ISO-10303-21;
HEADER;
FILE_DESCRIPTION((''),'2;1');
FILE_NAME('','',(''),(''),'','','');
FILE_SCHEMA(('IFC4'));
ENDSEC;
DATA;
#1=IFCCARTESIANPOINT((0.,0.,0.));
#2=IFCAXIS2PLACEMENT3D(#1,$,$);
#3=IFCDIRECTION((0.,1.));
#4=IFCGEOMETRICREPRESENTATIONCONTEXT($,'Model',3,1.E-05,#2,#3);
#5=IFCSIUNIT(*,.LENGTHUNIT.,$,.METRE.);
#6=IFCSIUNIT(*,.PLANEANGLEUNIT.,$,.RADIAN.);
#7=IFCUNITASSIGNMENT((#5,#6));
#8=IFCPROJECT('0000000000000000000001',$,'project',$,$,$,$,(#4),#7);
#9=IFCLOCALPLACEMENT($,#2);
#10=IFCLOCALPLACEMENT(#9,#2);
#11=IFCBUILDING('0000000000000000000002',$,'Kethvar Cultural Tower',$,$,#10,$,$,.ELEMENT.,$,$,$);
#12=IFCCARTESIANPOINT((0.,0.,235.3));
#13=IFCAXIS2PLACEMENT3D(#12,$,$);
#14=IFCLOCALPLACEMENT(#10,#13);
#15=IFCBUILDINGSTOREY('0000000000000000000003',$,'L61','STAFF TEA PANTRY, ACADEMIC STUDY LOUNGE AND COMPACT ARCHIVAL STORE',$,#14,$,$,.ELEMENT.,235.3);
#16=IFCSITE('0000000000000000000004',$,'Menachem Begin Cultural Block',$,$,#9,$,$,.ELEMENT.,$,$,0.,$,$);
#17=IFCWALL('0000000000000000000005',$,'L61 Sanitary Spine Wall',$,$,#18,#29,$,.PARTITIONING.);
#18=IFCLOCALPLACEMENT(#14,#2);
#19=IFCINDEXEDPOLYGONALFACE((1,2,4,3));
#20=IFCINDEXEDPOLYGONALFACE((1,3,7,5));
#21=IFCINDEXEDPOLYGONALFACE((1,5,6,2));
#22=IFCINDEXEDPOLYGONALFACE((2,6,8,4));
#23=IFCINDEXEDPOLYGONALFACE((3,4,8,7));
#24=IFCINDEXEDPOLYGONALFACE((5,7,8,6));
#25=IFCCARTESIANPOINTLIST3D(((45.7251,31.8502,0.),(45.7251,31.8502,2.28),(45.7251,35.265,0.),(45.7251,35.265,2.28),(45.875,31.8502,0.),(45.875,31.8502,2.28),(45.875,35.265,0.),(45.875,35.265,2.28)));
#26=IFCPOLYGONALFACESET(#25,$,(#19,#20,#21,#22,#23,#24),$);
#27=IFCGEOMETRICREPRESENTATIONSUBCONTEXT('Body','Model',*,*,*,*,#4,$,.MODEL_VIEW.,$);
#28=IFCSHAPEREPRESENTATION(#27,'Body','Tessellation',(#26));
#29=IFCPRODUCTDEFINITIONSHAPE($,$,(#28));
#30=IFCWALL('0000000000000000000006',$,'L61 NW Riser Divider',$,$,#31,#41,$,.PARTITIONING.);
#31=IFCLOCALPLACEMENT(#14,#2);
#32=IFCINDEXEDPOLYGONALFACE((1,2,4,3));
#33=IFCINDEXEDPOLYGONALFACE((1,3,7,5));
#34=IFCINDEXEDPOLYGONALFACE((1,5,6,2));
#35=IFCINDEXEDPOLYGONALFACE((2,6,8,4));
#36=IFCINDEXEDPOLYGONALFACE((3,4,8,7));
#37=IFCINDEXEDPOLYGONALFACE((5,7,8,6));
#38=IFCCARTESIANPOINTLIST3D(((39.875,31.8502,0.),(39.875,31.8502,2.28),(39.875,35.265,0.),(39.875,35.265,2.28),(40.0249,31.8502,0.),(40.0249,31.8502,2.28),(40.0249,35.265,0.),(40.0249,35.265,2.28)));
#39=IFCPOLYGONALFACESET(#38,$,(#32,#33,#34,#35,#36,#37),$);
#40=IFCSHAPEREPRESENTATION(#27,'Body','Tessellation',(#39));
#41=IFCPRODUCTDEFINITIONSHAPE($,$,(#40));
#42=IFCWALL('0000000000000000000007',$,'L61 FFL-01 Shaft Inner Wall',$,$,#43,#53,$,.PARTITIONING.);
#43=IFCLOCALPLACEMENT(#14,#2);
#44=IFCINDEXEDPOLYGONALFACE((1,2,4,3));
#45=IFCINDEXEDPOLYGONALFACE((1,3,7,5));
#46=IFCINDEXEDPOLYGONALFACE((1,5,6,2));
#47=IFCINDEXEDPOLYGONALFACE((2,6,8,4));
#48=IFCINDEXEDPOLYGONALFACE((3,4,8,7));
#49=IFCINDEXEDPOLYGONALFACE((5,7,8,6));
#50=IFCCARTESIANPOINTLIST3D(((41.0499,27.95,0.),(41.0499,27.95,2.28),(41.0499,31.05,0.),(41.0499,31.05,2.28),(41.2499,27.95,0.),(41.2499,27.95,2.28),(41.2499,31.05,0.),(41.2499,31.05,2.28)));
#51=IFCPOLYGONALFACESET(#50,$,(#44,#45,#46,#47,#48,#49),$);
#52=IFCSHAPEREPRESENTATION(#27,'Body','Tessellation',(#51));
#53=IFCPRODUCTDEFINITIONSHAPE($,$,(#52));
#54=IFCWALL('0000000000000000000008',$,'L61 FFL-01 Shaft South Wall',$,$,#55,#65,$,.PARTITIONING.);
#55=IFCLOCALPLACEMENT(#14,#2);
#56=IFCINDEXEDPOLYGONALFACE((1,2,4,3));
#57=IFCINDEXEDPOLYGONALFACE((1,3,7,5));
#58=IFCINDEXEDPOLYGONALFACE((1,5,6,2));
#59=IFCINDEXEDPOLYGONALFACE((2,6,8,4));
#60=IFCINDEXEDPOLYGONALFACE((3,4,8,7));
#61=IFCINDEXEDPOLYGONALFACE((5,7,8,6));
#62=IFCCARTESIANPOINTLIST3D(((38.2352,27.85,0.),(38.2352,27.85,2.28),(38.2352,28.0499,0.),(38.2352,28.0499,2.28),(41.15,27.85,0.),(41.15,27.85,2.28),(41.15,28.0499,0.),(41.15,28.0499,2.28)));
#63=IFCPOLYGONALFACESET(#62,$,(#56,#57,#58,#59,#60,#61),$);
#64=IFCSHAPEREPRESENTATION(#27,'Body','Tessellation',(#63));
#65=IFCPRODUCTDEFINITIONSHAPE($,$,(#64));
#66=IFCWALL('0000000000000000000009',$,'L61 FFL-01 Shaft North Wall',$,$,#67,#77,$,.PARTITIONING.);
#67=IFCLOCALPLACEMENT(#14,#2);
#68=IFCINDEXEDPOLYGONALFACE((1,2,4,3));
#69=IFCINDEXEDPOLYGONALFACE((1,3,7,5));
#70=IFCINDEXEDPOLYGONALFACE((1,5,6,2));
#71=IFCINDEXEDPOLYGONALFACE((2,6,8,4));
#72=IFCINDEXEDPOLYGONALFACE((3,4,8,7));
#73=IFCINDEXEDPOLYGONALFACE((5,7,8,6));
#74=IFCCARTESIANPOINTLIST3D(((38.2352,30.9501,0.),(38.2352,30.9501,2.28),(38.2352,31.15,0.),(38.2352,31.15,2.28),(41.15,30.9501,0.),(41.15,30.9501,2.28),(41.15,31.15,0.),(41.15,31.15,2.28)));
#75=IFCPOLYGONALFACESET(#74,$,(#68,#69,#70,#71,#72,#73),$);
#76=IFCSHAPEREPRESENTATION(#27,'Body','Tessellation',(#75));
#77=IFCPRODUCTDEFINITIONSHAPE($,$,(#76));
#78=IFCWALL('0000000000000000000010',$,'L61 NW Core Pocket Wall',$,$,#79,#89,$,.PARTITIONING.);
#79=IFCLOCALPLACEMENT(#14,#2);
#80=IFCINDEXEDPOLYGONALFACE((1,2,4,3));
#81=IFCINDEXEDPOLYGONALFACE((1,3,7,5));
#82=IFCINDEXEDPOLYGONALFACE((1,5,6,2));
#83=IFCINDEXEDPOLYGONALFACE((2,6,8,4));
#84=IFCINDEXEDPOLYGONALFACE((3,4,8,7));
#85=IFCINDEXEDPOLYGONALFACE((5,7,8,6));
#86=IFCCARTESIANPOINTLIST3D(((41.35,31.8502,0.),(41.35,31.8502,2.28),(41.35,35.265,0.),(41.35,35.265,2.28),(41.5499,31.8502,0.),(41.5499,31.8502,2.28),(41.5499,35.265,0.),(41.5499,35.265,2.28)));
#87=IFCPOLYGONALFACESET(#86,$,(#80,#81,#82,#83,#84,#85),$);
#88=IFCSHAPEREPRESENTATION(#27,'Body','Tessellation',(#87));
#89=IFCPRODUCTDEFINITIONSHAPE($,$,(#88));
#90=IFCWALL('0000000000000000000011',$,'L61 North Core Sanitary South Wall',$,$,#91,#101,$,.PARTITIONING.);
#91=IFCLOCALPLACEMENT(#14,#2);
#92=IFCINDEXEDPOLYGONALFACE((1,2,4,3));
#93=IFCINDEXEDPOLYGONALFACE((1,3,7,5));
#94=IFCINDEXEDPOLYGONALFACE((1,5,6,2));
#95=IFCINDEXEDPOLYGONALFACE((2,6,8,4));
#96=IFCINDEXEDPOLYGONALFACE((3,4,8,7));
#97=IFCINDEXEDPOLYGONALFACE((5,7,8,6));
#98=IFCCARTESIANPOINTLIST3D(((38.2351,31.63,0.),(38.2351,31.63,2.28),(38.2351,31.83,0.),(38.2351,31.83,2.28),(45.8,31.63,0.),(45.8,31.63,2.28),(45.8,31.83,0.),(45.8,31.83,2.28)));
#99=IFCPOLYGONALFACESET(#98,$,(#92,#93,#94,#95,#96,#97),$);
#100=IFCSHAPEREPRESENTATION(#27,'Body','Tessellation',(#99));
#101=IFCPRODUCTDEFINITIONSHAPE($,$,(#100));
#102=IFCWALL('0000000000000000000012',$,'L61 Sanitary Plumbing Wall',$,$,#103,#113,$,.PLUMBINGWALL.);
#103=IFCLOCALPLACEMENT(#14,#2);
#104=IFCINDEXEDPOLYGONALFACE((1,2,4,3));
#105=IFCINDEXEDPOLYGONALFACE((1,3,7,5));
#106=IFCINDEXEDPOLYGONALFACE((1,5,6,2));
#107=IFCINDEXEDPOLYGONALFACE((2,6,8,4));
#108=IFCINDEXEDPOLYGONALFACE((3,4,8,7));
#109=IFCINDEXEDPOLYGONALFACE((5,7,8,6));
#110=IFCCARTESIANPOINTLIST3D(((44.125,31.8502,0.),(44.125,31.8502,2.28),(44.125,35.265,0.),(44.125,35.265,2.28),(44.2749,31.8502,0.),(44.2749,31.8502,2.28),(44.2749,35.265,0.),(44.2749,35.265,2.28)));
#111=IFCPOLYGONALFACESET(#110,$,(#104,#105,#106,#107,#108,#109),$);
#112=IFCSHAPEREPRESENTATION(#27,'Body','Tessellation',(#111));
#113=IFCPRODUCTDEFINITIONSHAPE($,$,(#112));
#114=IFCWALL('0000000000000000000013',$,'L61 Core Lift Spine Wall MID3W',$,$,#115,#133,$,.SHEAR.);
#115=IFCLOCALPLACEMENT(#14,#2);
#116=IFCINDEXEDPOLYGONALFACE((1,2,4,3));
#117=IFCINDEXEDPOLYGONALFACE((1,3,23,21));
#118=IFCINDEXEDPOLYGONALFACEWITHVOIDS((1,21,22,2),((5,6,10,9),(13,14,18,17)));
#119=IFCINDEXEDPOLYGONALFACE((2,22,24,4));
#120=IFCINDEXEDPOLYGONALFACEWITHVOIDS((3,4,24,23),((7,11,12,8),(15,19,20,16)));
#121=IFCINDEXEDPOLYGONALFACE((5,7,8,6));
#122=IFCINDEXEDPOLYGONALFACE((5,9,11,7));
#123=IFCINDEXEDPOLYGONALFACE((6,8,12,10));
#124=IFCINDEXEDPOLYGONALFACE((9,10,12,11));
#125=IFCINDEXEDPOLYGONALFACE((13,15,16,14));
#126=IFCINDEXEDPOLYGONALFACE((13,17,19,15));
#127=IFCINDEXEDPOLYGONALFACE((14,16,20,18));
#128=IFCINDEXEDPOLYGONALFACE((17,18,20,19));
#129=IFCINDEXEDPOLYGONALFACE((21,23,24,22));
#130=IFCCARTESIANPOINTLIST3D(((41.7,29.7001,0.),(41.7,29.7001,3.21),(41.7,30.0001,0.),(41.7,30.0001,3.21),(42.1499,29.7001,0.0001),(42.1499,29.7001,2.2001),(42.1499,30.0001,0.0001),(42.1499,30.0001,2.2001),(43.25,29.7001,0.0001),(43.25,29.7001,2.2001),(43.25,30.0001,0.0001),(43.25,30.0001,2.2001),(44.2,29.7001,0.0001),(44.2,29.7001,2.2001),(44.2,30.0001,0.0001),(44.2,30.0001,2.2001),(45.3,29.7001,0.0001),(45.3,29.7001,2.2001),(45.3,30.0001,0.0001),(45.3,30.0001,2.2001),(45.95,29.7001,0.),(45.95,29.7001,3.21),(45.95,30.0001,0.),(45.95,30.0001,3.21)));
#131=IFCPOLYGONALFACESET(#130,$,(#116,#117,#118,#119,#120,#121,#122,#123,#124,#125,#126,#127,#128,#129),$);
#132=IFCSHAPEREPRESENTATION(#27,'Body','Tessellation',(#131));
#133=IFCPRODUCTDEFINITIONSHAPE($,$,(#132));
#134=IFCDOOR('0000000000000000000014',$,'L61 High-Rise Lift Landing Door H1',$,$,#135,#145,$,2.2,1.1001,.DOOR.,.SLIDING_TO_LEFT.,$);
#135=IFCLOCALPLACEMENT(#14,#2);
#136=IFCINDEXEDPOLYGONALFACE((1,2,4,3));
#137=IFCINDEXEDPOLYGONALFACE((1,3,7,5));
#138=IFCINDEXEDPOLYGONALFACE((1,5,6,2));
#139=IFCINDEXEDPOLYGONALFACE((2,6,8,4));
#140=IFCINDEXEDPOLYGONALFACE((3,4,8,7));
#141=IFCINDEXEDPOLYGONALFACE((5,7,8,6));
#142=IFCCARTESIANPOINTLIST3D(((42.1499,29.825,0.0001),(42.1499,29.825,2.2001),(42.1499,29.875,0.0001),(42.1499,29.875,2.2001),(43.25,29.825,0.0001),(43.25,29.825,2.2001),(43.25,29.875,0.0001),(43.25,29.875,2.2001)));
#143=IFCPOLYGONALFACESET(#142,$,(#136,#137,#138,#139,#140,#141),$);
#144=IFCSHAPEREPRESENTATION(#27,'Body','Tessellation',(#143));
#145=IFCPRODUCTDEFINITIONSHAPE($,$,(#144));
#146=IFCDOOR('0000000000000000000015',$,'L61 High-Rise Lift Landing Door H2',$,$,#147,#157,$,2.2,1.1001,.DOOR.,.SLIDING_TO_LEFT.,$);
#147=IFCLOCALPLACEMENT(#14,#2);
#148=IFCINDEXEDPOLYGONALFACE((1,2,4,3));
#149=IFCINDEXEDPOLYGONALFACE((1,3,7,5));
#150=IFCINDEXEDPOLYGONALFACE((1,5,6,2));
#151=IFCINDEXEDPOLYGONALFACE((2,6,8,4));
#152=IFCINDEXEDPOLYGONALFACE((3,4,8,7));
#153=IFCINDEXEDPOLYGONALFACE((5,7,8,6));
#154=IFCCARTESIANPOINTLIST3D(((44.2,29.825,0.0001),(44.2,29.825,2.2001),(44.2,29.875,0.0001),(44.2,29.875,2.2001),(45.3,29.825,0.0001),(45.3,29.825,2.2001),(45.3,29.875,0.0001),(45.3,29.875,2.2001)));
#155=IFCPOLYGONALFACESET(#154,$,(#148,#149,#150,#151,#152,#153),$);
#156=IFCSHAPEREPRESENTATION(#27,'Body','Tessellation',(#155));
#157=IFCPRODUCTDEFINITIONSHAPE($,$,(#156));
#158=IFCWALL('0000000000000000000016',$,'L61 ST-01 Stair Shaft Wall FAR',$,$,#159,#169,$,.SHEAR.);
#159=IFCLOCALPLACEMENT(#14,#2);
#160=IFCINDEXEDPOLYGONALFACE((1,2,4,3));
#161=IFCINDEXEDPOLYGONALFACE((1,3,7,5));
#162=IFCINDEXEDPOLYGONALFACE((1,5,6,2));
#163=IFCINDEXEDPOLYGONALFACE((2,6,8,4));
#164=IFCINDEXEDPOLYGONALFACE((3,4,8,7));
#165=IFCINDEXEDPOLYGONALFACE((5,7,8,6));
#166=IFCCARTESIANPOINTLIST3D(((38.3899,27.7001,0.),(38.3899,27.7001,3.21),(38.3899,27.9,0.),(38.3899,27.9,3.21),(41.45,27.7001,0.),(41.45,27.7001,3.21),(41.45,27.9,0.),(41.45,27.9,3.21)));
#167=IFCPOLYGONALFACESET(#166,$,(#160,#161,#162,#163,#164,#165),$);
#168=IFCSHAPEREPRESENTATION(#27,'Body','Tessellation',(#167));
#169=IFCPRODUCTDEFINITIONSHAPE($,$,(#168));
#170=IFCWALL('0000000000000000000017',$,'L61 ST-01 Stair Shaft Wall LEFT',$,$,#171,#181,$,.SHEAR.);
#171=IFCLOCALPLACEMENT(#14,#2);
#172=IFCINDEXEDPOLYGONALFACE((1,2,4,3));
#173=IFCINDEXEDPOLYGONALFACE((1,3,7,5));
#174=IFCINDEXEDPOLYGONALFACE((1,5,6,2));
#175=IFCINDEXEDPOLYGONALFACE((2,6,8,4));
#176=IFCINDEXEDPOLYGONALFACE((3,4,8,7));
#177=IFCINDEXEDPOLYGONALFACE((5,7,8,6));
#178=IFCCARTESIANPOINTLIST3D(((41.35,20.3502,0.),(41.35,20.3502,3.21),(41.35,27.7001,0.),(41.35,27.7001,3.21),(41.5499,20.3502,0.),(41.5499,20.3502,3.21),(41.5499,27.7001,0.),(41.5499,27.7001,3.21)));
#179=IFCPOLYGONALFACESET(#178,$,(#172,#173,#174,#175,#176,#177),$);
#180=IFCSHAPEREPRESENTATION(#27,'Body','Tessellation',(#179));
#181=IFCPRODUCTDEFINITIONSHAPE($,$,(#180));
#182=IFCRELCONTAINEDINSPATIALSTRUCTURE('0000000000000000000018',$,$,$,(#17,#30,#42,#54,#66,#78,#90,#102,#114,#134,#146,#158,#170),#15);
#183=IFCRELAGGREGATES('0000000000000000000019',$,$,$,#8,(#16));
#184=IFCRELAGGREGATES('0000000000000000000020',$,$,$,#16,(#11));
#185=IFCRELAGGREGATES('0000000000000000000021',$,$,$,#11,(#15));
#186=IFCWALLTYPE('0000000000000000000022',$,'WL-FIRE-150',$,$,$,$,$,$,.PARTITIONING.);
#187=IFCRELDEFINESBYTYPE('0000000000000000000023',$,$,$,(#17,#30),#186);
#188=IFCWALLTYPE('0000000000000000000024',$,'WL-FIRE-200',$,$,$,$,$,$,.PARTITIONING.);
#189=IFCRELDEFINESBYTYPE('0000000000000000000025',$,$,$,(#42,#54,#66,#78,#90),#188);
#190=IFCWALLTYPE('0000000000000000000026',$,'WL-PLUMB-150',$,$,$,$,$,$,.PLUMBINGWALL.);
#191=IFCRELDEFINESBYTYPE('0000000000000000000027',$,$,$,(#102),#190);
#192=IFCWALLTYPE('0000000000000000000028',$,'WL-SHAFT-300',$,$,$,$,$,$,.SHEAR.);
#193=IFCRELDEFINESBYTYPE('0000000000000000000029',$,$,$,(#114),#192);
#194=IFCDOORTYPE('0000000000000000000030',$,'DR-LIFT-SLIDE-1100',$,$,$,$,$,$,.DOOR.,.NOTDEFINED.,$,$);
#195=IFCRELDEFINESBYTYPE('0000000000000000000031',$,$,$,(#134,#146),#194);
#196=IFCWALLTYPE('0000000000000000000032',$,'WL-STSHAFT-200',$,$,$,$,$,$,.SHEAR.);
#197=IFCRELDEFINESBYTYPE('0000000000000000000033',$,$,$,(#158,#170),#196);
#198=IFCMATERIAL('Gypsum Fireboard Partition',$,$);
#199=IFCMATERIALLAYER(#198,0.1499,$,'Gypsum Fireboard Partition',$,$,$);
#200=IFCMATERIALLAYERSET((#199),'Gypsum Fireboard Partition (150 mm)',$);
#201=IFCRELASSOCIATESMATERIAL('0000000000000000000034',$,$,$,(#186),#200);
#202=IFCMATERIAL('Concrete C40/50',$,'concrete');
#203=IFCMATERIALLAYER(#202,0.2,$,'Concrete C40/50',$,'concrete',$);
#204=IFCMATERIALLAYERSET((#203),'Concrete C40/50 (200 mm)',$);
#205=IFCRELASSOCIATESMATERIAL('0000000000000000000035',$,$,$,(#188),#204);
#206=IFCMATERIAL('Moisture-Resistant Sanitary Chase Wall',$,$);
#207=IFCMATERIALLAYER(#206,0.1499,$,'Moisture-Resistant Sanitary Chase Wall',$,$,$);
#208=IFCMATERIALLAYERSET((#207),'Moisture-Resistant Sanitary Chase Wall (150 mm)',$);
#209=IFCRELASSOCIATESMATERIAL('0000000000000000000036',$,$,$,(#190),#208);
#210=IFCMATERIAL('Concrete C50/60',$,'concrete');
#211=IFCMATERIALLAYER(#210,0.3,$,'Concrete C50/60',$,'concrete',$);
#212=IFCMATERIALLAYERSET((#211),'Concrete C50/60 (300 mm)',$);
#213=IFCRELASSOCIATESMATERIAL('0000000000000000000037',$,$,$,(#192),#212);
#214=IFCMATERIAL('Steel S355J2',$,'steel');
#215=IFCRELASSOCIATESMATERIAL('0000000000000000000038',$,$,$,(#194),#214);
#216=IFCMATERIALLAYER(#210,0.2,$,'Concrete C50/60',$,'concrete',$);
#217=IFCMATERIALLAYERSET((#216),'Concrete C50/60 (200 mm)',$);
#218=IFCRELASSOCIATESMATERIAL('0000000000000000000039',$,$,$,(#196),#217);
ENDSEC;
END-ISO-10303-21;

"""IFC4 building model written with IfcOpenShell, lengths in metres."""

from ifc_helpers import new_model, si_unit, direction, frame, frame_2d, origin, place, context, subcontext, project, spatial, rectangle, extrude, source, transform, mapped, material, layer, layer_set, type_object, element, fill, save


model = new_model("IFC4")

# Units and contexts
model_context = context("Model", 3, precision=1e-05, world=origin(), true_north=direction((0.0, 1.0)))
body_context = subcontext(model_context, "Body", "Model", "MODEL_VIEW")
ifc_project = project(units=[si_unit("LENGTHUNIT", "METRE"), si_unit("PLANEANGLEUNIT", "RADIAN")], contexts=[model_context])

# Site, building, storey
site_placement = place(None, origin())
site = spatial("IfcSite", under=ifc_project, at=site_placement, Name="Menachem Begin Cultural Block", CompositionType="ELEMENT", RefElevation=0.0)
building_placement = place(site_placement, origin())
building = spatial("IfcBuilding", under=site, at=building_placement, Name="Kethvar Cultural Tower", CompositionType="ELEMENT")
storey_placement = place(building_placement, frame((0.0, 0.0, 235.3)))
storey = spatial("IfcBuildingStorey", under=building, at=storey_placement, Name="L61", Description="STAFF TEA PANTRY, ACADEMIC STUDY LOUNGE AND COMPACT ARCHIVAL STORE", CompositionType="ELEMENT", Elevation=235.3)

# Shared definitions
ifc_material_1 = material(Name="Steel S355J2", Category="steel")

# Shared definitions
ifc_material_2 = material(Name="Gypsum Fireboard Partition")
ifc_layer_1 = layer(ifc_material_2, 0.1499, Name="Gypsum Fireboard Partition")
ifc_layer_set_1 = layer_set([ifc_layer_1], Name="Gypsum Fireboard Partition (150 mm)")
wall_type_1 = type_object("IfcWallType", Name="WL-FIRE-150", PredefinedType="PARTITIONING", material=ifc_layer_set_1)

# Walls
for number, where, z_axis, x_axis, name in (
    (1, (45.8, 31.8501, 0.0), (0.0, 0.0, 1.0), (0.0, 1.0, 0.0), "L61 Sanitary Spine Wall"),
    (2, (39.95, 31.8501, 0.0), (0.0, 0.0, 1.0), (0.0, 1.0, 0.0), "L61 NW Riser Divider"),
):
    element("IfcWall", number, at=place(storey_placement, frame(where, z_axis=z_axis, x_axis=x_axis)), inside=storey, type_object=wall_type_1, Name=name, PredefinedType="PARTITIONING", context=body_context, shape_type="SweptSolid", body=[
        extrude(rectangle(XDim=3.4148, YDim=0.1499, at=frame_2d((1.7075, 0.0))), origin(), (0.0, 0.0, 1.0), 2.28),
    ])
ifc_material_3 = material(Name="Concrete C40/50", Category="concrete")
ifc_layer_2 = layer(ifc_material_3, 0.2, Name="Concrete C40/50", Category="concrete")
ifc_layer_set_2 = layer_set([ifc_layer_2], Name="Concrete C40/50 (200 mm)")
wall_type_2 = type_object("IfcWallType", Name="WL-FIRE-200", PredefinedType="PARTITIONING", material=ifc_layer_set_2)
wall_1_placement = place(storey_placement, frame((41.1499, 27.95, 0.0), z_axis=(0.0, 0.0, 1.0), x_axis=(0.0, 1.0, 0.0)))
element("IfcWall", 3, at=wall_1_placement, inside=storey, type_object=wall_type_2, Name="L61 FFL-01 Shaft Inner Wall", PredefinedType="PARTITIONING", context=body_context, shape_type="SweptSolid", body=[
    extrude(rectangle(XDim=3.1001, YDim=0.2, at=frame_2d((1.55, 0.0))), origin(), (0.0, 0.0, 1.0), 2.28),
])
for number, where, z_axis, x_axis, name in (
    (4, (38.2351, 27.95, 0.0), (0.0, 0.0, 1.0), (1.0, 0.0, 0.0), "L61 FFL-01 Shaft South Wall"),
    (5, (38.2351, 31.05, 0.0), (0.0, 0.0, 1.0), (1.0, 0.0, 0.0), "L61 FFL-01 Shaft North Wall"),
):
    element("IfcWall", number, at=place(storey_placement, frame(where, z_axis=z_axis, x_axis=x_axis)), inside=storey, type_object=wall_type_2, Name=name, PredefinedType="PARTITIONING", context=body_context, shape_type="SweptSolid", body=[
        extrude(rectangle(XDim=2.9148, YDim=0.2, at=frame_2d((1.4575, 0.0))), origin(), (0.0, 0.0, 1.0), 2.28),
    ])
wall_2_placement = place(storey_placement, frame((41.45, 31.8501, 0.0), z_axis=(0.0, 0.0, 1.0), x_axis=(0.0, 1.0, 0.0)))
element("IfcWall", 6, at=wall_2_placement, inside=storey, type_object=wall_type_2, Name="L61 NW Core Pocket Wall", PredefinedType="PARTITIONING", context=body_context, shape_type="SweptSolid", body=[
    extrude(rectangle(XDim=3.4148, YDim=0.2, at=frame_2d((1.7075, 0.0))), origin(), (0.0, 0.0, 1.0), 2.28),
])
wall_3_placement = place(storey_placement, frame((38.2351, 31.73, 0.0), z_axis=(0.0, 0.0, 1.0), x_axis=(1.0, 0.0, 0.0)))
element("IfcWall", 7, at=wall_3_placement, inside=storey, type_object=wall_type_2, Name="L61 North Core Sanitary South Wall", PredefinedType="PARTITIONING", context=body_context, shape_type="SweptSolid", body=[
    extrude(rectangle(XDim=7.5649, YDim=0.2, at=frame_2d((3.7825, 0.0))), origin(), (0.0, 0.0, 1.0), 2.28),
])
ifc_material_4 = material(Name="Moisture-Resistant Sanitary Chase Wall")
ifc_layer_3 = layer(ifc_material_4, 0.1499, Name="Moisture-Resistant Sanitary Chase Wall")
ifc_layer_set_3 = layer_set([ifc_layer_3], Name="Moisture-Resistant Sanitary Chase Wall (150 mm)")
wall_type_3 = type_object("IfcWallType", Name="WL-PLUMB-150", PredefinedType="PLUMBINGWALL", material=ifc_layer_set_3)
wall_4_placement = place(storey_placement, frame((44.2, 31.8501, 0.0), z_axis=(0.0, 0.0, 1.0), x_axis=(0.0, 1.0, 0.0)))
element("IfcWall", 8, at=wall_4_placement, inside=storey, type_object=wall_type_3, Name="L61 Sanitary Plumbing Wall", PredefinedType="PLUMBINGWALL", context=body_context, shape_type="SweptSolid", body=[
    extrude(rectangle(XDim=3.4148, YDim=0.1499, at=frame_2d((1.7075, 0.0))), origin(), (0.0, 0.0, 1.0), 2.28),
])

# Shared definitions
ifc_material_5 = material(Name="Concrete C50/60", Category="concrete")
ifc_layer_4 = layer(ifc_material_5, 0.3, Name="Concrete C50/60", Category="concrete")
ifc_layer_set_4 = layer_set([ifc_layer_4], Name="Concrete C50/60 (300 mm)")
wall_type_4 = type_object("IfcWallType", Name="WL-SHAFT-300", PredefinedType="SHEAR", material=ifc_layer_set_4)

# Wall, openings, doors
wall_5_placement = place(storey_placement, frame((41.7, 29.8501, 0.0), z_axis=(0.0, 0.0, 1.0), x_axis=(1.0, 0.0, 0.0)))
wall_5 = element("IfcWall", 9, at=wall_5_placement, inside=storey, type_object=wall_type_4, Name="L61 Core Lift Spine Wall MID3W", PredefinedType="SHEAR", context=body_context, shape_type="SweptSolid", body=[
    extrude(rectangle(XDim=4.25, YDim=0.3, at=frame_2d((2.125, 0.0))), origin(), (0.0, 0.0, 1.0), 3.21),
])
opening_1_placement = place(wall_5_placement, frame((0.45, 0.0, 0.0)))
opening_1 = element("IfcOpeningElement", 10, at=opening_1_placement, cuts=wall_5, PredefinedType="OPENING", context=body_context, shape_type="SweptSolid", body=[
    extrude(rectangle(XDim=1.1001, YDim=2.2, at=frame_2d((0.55, 1.1001))), frame((0.0, 0.1599, 0.0), z_axis=(0.0, -1.0, 0.0), x_axis=(1.0, 0.0, 0.0)), (0.0, 0.0, 1.0), 0.3201),
])
opening_2_placement = place(wall_5_placement, frame((2.5, 0.0, 0.0)))
opening_2 = element("IfcOpeningElement", 11, at=opening_2_placement, cuts=wall_5, PredefinedType="OPENING", context=body_context, shape_type="SweptSolid", body=[
    extrude(rectangle(XDim=1.1001, YDim=2.2, at=frame_2d((0.55, 1.1001))), frame((0.0, 0.1599, 0.0), z_axis=(0.0, -1.0, 0.0), x_axis=(1.0, 0.0, 0.0)), (0.0, 0.0, 1.0), 0.3201),
])
door_type_1 = type_object("IfcDoorType", Name="DR-LIFT-SLIDE-1100", OperationType="NOTDEFINED", PredefinedType="DOOR", material=ifc_material_1)
shared_shape_1 = source(origin(), body_context, "Body", "SweptSolid", [
    extrude(rectangle(XDim=1.1001, YDim=2.2, at=frame_2d((0.55, 1.1001))), frame((0.0, 0.0249, 0.0), z_axis=(0.0, -1.0, 0.0), x_axis=(1.0, 0.0, 0.0)), (0.0, 0.0, 1.0), 0.05),
])
door_1_placement = place(opening_1_placement, origin())
door_1 = element("IfcDoor", 12, at=door_1_placement, inside=storey, type_object=door_type_1, Name="L61 High-Rise Lift Landing Door H1", OperationType="SLIDING_TO_LEFT", OverallHeight=2.2, OverallWidth=1.1001, PredefinedType="DOOR", context=body_context, shape_type="MappedRepresentation", body=[
    mapped(shared_shape_1, transform((0.0, 0.0, 0.0), scale=1.0)),
])
fill(opening_1, door_1)
door_2_placement = place(opening_2_placement, origin())
door_2 = element("IfcDoor", 13, at=door_2_placement, inside=storey, type_object=door_type_1, Name="L61 High-Rise Lift Landing Door H2", OperationType="SLIDING_TO_LEFT", OverallHeight=2.2, OverallWidth=1.1001, PredefinedType="DOOR", context=body_context, shape_type="MappedRepresentation", body=[
    mapped(shared_shape_1, transform((0.0, 0.0, 0.0), scale=1.0)),
])
fill(opening_2, door_2)

# Walls
ifc_layer_5 = layer(ifc_material_5, 0.2, Name="Concrete C50/60", Category="concrete")
ifc_layer_set_5 = layer_set([ifc_layer_5], Name="Concrete C50/60 (200 mm)")
wall_type_5 = type_object("IfcWallType", Name="WL-STSHAFT-200", PredefinedType="SHEAR", material=ifc_layer_set_5)
wall_6_placement = place(storey_placement, frame((38.3899, 27.8, 0.0), z_axis=(0.0, 0.0, 1.0), x_axis=(1.0, 0.0, 0.0)))
element("IfcWall", 14, at=wall_6_placement, inside=storey, type_object=wall_type_5, Name="L61 ST-01 Stair Shaft Wall FAR", PredefinedType="SHEAR", context=body_context, shape_type="SweptSolid", body=[
    extrude(rectangle(XDim=3.0601, YDim=0.2, at=frame_2d((1.53, 0.0))), origin(), (0.0, 0.0, 1.0), 3.21),
])
wall_7_placement = place(storey_placement, frame((41.45, 27.7, 0.0), z_axis=(0.0, 0.0, 1.0), x_axis=(0.0, -1.0, 0.0)))
element("IfcWall", 15, at=wall_7_placement, inside=storey, type_object=wall_type_5, Name="L61 ST-01 Stair Shaft Wall LEFT", PredefinedType="SHEAR", context=body_context, shape_type="SweptSolid", body=[
    extrude(rectangle(XDim=7.3499, YDim=0.2, at=frame_2d((3.6748, 0.0))), origin(), (0.0, 0.0, 1.0), 3.21),
])

save(model, "model.ifc")
